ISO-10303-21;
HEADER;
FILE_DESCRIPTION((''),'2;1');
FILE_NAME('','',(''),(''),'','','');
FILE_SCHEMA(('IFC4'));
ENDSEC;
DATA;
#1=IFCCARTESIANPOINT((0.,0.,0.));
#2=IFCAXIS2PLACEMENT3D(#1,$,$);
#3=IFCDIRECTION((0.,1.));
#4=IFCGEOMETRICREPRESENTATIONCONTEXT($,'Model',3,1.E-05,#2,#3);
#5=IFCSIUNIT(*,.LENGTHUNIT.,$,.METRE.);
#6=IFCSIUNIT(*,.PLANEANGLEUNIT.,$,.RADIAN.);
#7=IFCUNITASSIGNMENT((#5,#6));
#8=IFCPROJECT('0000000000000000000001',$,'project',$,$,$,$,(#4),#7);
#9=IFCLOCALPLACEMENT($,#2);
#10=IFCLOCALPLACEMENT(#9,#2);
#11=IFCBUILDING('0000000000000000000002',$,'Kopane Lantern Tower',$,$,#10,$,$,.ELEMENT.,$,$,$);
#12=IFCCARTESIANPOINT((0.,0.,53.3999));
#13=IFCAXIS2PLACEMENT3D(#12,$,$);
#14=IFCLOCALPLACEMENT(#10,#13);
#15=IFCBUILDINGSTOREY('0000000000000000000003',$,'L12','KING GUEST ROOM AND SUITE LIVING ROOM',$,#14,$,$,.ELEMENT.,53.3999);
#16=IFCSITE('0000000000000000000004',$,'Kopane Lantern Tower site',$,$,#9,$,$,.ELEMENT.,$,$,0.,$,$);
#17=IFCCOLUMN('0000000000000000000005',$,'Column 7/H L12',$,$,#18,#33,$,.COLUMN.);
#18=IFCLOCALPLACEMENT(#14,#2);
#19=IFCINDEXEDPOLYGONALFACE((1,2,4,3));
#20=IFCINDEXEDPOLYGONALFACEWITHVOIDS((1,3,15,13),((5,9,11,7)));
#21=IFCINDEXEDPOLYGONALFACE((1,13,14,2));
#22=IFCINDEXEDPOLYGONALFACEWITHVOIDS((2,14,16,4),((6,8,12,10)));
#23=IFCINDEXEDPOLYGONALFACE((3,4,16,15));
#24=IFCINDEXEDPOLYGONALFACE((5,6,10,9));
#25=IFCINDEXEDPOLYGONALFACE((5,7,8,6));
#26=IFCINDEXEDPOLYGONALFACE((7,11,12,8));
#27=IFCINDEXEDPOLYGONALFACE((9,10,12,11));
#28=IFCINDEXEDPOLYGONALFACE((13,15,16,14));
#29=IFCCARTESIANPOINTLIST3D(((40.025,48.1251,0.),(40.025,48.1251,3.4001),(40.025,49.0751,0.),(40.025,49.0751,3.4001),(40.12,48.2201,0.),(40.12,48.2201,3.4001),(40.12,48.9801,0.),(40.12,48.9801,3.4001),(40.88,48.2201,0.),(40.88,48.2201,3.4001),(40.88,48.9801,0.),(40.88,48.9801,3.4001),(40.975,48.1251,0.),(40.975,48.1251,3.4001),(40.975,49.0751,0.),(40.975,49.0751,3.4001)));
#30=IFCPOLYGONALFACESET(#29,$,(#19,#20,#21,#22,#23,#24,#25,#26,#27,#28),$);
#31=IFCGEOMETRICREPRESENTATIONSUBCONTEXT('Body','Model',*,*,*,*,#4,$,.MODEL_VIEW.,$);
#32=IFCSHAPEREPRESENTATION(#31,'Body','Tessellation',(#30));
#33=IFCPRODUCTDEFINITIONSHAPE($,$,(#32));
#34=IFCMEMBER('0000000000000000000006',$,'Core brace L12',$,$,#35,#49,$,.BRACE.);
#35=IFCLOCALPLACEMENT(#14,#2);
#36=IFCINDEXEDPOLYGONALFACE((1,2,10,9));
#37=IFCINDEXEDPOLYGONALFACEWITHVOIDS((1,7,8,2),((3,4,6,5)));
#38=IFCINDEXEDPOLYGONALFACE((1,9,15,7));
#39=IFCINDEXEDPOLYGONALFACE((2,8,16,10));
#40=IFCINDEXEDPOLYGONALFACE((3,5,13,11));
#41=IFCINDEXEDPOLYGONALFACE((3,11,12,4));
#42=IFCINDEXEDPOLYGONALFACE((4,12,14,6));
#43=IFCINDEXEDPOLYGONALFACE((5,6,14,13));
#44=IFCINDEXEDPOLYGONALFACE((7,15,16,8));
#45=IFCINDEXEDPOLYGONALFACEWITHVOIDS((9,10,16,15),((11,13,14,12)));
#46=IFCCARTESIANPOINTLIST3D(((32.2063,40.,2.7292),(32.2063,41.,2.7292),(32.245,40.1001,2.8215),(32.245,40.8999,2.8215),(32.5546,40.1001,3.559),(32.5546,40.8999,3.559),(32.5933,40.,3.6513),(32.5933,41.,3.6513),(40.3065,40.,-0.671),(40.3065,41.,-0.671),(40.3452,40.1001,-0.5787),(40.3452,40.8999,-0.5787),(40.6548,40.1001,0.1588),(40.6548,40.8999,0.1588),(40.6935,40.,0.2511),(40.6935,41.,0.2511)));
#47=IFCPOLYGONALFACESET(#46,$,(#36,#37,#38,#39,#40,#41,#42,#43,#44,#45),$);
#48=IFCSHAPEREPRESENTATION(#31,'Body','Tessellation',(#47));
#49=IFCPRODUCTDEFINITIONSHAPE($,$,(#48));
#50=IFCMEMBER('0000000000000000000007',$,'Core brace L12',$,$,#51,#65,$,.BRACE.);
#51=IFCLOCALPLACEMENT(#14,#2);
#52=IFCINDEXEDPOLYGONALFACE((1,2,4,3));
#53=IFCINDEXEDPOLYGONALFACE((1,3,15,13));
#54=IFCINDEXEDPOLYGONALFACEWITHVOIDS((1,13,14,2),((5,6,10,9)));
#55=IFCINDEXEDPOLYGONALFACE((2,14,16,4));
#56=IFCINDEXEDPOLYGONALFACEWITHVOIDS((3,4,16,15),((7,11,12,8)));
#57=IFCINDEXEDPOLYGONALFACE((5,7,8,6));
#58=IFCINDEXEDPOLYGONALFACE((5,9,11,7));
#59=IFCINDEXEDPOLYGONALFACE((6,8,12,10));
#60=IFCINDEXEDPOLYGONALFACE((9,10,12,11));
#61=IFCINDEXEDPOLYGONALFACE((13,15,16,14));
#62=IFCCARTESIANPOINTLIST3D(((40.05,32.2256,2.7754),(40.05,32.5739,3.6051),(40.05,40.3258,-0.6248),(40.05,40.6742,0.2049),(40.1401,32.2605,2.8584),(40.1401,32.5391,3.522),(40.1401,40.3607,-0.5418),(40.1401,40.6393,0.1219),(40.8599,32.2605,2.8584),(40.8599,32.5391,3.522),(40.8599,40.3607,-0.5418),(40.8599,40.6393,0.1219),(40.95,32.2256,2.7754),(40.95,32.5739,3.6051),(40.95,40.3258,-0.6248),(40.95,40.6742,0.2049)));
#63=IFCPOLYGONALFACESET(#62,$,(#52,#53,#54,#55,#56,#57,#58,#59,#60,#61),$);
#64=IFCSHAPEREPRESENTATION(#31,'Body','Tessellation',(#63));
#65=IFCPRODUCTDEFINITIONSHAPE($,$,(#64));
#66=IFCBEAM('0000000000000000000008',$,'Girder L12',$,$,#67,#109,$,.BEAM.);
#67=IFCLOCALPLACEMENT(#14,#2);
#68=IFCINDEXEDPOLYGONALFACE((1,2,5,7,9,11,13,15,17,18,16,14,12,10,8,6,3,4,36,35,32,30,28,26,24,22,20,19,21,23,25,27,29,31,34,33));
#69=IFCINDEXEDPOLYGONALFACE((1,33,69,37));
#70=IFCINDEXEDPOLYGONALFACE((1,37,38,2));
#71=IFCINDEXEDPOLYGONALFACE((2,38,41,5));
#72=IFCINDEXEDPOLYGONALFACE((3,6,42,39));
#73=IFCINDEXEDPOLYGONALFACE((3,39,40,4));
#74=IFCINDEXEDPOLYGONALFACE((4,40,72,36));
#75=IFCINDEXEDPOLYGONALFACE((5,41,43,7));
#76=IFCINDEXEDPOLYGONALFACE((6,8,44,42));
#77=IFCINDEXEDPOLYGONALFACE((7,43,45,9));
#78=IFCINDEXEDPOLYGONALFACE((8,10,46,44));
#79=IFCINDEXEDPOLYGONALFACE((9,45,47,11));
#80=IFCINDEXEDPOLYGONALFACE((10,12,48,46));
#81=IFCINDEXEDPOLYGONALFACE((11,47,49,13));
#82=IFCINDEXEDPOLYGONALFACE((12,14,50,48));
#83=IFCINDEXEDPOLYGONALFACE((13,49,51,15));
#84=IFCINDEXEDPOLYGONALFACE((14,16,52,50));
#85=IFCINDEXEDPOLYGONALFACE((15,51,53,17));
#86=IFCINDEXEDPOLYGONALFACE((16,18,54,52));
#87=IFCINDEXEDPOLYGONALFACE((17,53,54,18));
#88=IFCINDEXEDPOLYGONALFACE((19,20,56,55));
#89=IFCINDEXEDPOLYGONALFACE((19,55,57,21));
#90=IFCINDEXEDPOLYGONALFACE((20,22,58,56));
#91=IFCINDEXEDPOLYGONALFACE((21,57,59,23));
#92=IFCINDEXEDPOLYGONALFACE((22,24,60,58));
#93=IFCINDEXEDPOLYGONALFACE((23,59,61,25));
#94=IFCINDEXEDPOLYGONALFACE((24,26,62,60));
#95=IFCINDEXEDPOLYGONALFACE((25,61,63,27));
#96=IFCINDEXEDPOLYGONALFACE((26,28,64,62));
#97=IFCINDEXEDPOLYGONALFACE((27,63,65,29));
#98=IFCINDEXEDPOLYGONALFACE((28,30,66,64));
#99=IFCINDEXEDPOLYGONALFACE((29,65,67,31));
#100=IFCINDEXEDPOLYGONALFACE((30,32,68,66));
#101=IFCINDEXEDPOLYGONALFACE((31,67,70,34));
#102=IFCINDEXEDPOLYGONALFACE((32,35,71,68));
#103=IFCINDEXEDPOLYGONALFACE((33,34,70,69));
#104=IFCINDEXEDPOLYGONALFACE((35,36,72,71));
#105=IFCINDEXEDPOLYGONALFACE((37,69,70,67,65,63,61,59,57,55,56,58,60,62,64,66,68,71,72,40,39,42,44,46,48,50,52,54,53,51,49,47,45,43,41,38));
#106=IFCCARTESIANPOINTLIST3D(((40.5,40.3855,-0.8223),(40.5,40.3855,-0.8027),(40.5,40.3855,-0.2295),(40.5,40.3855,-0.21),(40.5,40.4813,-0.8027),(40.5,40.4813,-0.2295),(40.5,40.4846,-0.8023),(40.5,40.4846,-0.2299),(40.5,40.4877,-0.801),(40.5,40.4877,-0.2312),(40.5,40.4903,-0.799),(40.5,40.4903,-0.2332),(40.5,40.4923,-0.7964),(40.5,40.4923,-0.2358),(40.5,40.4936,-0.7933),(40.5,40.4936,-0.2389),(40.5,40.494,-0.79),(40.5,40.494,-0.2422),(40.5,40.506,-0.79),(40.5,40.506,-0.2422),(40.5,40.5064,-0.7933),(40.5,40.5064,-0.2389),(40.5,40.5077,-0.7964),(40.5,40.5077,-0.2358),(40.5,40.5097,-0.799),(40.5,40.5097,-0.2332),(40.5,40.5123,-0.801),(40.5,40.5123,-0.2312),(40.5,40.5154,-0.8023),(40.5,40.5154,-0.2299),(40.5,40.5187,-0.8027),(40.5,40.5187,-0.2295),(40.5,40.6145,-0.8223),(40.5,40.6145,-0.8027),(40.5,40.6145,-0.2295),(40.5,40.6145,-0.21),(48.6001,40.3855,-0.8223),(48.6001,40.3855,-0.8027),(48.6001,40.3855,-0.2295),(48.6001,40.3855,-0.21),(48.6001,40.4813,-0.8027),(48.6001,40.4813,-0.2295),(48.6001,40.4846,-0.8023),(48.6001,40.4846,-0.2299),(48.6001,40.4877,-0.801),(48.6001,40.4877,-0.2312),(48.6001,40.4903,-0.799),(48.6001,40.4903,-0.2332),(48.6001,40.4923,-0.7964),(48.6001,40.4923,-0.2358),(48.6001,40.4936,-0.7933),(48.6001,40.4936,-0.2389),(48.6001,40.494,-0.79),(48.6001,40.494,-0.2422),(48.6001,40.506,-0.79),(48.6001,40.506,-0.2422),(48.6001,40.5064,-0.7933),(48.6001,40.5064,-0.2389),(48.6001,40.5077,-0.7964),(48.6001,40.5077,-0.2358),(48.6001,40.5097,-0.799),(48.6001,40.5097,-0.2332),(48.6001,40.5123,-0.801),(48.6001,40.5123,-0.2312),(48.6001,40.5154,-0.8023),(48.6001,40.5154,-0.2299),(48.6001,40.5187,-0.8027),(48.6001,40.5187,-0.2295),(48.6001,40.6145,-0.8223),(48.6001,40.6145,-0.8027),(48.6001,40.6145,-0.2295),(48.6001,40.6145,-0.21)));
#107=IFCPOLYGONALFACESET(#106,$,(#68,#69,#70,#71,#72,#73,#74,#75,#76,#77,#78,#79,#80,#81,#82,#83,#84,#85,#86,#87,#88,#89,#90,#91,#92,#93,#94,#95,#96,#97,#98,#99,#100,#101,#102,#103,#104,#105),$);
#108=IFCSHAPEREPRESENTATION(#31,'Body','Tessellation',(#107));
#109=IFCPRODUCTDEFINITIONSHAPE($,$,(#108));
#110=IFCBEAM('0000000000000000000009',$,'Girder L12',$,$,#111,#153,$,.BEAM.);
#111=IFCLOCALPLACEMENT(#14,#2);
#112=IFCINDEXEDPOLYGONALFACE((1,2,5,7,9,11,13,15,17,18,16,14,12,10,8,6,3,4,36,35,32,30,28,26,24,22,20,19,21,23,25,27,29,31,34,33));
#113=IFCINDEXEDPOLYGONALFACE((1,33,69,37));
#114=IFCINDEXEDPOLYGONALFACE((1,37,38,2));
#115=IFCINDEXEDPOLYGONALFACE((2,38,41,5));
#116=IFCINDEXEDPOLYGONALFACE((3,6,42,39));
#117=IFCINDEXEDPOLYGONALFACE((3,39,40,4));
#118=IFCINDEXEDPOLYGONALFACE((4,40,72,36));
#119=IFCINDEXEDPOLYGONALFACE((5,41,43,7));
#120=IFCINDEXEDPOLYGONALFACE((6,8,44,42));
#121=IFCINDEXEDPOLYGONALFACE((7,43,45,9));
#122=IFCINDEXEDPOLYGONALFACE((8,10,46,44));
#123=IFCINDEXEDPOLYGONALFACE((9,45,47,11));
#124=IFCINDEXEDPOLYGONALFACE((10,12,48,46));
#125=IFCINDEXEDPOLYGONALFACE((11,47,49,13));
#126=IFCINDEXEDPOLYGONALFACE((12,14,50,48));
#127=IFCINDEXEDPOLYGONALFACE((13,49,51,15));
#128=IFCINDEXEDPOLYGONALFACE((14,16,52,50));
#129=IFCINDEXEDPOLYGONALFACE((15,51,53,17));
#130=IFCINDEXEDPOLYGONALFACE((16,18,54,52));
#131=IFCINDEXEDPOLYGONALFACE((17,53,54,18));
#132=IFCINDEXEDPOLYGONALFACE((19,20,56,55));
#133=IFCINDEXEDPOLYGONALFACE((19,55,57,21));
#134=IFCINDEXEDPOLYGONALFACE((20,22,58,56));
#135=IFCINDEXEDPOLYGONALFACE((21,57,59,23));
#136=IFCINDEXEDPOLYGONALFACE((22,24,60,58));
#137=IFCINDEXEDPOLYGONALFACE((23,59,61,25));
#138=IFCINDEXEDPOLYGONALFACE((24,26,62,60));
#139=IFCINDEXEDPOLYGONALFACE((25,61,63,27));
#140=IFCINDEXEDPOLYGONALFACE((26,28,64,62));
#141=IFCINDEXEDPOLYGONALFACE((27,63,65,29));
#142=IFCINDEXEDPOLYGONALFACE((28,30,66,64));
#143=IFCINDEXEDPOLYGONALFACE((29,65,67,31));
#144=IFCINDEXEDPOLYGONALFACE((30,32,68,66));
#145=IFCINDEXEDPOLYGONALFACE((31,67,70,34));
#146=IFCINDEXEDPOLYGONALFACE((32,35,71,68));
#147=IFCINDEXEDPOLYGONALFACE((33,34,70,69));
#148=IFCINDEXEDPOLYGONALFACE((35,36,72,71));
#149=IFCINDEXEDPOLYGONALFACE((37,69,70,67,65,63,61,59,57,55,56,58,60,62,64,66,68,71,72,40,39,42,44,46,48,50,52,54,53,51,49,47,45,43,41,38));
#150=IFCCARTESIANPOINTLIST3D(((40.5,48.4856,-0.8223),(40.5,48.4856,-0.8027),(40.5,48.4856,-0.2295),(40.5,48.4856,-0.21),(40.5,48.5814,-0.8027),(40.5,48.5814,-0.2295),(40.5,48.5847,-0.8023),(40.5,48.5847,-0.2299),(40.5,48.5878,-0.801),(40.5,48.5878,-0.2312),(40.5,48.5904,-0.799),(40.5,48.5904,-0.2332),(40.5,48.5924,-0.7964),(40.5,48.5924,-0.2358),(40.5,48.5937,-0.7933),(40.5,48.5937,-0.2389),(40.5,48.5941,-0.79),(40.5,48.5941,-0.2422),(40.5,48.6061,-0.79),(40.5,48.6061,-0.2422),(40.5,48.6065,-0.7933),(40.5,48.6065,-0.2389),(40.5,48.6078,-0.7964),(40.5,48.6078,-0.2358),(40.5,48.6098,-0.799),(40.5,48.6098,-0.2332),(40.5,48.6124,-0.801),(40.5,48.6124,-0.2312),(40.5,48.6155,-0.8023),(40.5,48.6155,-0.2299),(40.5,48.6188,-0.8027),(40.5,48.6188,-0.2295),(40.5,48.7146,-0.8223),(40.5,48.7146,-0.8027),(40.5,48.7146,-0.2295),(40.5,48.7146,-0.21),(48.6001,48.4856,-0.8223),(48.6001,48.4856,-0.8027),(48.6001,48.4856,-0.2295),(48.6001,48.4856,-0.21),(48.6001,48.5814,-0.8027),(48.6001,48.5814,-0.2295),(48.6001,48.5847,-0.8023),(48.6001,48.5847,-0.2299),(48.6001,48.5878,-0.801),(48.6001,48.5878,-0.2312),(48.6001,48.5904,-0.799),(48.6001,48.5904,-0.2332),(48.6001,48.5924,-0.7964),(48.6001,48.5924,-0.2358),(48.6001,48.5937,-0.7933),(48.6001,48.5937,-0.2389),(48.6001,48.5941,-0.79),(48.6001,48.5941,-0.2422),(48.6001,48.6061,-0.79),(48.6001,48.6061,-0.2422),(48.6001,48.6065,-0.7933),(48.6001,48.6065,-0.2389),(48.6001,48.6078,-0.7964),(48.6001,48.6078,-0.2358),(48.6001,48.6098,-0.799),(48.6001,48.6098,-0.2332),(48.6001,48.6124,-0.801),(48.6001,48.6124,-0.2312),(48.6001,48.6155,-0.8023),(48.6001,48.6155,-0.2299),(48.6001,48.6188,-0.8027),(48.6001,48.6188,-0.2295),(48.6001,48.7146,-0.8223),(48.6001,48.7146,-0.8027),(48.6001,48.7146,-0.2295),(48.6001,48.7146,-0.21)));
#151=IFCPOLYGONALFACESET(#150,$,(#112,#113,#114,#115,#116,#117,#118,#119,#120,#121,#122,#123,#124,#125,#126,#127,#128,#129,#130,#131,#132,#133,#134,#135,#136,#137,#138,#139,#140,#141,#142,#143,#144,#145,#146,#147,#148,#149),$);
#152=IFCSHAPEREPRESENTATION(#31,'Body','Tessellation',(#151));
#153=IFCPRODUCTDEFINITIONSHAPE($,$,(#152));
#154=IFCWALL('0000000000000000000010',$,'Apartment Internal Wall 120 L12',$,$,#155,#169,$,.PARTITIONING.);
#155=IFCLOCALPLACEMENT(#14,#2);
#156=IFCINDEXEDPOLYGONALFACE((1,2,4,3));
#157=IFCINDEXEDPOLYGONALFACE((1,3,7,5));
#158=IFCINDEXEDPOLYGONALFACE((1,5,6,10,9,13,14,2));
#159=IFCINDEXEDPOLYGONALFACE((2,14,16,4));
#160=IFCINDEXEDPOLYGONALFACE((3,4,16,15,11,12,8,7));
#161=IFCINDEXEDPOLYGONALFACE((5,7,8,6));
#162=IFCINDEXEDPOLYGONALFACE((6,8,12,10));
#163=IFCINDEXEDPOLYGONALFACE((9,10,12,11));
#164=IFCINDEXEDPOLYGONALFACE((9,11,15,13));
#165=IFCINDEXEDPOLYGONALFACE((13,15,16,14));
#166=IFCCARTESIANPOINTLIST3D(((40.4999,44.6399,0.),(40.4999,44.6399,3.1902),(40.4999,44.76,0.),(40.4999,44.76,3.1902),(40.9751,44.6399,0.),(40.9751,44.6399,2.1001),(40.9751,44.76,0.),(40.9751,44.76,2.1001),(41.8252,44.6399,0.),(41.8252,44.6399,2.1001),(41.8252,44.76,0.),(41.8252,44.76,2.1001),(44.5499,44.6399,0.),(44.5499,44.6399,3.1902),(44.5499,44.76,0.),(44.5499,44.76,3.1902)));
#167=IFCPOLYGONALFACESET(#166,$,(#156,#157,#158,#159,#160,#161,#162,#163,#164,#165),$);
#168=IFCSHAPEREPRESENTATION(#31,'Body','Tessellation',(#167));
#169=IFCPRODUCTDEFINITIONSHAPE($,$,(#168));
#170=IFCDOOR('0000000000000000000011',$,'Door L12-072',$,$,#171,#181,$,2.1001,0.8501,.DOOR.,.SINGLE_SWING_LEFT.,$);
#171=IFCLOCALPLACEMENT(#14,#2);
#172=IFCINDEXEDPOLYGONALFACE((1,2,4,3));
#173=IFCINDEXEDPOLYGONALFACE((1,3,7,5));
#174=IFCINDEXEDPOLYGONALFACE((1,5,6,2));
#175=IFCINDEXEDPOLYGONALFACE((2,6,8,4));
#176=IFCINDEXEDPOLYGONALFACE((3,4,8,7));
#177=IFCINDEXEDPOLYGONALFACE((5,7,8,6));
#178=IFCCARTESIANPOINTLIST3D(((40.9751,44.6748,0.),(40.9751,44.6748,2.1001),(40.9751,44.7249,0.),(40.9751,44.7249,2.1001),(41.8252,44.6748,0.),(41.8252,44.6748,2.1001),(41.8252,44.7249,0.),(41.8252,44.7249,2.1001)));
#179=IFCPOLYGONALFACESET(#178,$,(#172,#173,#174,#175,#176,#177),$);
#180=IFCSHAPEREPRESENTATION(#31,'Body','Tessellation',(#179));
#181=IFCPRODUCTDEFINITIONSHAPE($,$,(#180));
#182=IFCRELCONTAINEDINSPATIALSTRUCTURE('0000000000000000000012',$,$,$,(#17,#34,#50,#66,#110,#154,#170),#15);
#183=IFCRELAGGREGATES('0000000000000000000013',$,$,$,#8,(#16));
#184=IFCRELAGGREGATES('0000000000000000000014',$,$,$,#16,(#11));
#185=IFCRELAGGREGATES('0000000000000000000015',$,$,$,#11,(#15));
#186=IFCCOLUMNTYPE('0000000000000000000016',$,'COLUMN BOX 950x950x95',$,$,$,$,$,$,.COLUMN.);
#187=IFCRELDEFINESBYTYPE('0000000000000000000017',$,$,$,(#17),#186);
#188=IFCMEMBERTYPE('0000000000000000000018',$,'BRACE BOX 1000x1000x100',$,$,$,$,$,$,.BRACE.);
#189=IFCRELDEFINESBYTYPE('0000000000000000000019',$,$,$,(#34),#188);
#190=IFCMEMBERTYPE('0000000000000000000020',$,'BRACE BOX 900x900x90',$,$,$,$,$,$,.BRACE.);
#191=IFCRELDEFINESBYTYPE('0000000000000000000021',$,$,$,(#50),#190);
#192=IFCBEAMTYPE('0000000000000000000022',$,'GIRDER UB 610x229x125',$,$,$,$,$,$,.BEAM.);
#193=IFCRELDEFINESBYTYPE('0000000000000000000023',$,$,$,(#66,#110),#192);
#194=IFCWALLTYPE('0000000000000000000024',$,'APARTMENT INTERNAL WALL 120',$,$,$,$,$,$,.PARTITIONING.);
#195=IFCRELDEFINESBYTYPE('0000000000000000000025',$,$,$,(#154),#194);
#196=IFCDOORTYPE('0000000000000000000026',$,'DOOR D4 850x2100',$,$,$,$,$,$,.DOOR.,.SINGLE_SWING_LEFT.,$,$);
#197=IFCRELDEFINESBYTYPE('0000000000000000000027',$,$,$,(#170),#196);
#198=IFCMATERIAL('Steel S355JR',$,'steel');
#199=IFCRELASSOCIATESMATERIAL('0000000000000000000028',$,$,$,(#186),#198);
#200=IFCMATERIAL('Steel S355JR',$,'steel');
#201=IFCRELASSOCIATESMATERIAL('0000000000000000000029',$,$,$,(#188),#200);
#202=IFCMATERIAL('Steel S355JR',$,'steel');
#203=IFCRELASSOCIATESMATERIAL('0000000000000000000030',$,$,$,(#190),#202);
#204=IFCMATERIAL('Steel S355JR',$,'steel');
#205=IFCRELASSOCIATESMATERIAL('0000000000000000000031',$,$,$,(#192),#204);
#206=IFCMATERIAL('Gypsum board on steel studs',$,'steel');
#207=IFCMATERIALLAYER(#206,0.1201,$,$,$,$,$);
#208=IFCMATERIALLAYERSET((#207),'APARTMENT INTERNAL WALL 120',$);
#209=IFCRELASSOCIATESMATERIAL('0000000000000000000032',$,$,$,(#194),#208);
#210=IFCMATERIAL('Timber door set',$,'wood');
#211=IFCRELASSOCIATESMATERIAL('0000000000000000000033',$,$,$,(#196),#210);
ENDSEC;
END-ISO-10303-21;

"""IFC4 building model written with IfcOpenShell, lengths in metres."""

from ifc_helpers import new_model, si_unit, direction, frame, frame_2d, origin, origin_2d, place, context, subcontext, project, spatial, rectangle, hollow_rectangle, i_section, extrude, material, layer, layer_set, material_profile, profile_set, type_object, element, fill, save


model = new_model("IFC4")

# Units and contexts
model_context = context("Model", 3, precision=1e-05, world=origin(), true_north=direction((0.0, 1.0)))
body_context = subcontext(model_context, "Body", "Model", "MODEL_VIEW")
ifc_project = project(units=[si_unit("LENGTHUNIT", "METRE"), si_unit("PLANEANGLEUNIT", "RADIAN")], contexts=[model_context])

# Site, building, storey
site_placement = place(None, origin())
site = spatial("IfcSite", under=ifc_project, at=site_placement, Name="Kopane Lantern Tower site", CompositionType="ELEMENT", RefElevation=0.0)
building_placement = place(site_placement, origin())
building = spatial("IfcBuilding", under=site, at=building_placement, Name="Kopane Lantern Tower", CompositionType="ELEMENT")
storey_placement = place(building_placement, frame((0.0, 0.0, 53.3999)))
storey = spatial("IfcBuildingStorey", under=building, at=storey_placement, Name="L12", Description="KING GUEST ROOM AND SUITE LIVING ROOM", CompositionType="ELEMENT", Elevation=53.3999)

# Column
ifc_material_1 = material(Name="Steel S355JR", Category="steel")
ifc_material_profile_1 = material_profile(ifc_material_1, hollow_rectangle(XDim=0.95, YDim=0.95, WallThickness=0.095, at=origin_2d()), Name="BOX 950x950x95")
ifc_profile_set_1 = profile_set([ifc_material_profile_1], Name="Steel S355JR")
column_type = type_object("IfcColumnType", Name="COLUMN BOX 950x950x95", PredefinedType="COLUMN", material=ifc_profile_set_1)
column_placement = place(storey_placement, frame((40.5, 48.6001, 0.0), z_axis=(0.0, 0.0, 1.0), x_axis=(1.0, 0.0, 0.0)))
element("IfcColumn", 1, at=column_placement, inside=storey, type_object=column_type, Name="Column 7/H L12", PredefinedType="COLUMN", context=body_context, shape_type="SweptSolid", body=[
    extrude(hollow_rectangle(XDim=0.95, YDim=0.95, WallThickness=0.095, at=origin_2d()), origin(), (0.0, 0.0, 1.0), 3.4001),
])

# Members
ifc_material_2 = material(Name="Steel S355JR", Category="steel")
ifc_material_profile_2 = material_profile(ifc_material_2, hollow_rectangle(XDim=1.0, YDim=1.0, WallThickness=0.1001, at=origin_2d()), Name="BOX 1000x1000x100")
ifc_profile_set_2 = profile_set([ifc_material_profile_2], Name="Steel S355JR")
member_type_1 = type_object("IfcMemberType", Name="BRACE BOX 1000x1000x100", PredefinedType="BRACE", material=ifc_profile_set_2)
member_1_placement = place(storey_placement, frame((40.5, 40.5, -0.21), z_axis=(-0.922059, 0.0, 0.387049), x_axis=(0.0, -1.0, 0.0)))
element("IfcMember", 2, at=member_1_placement, inside=storey, type_object=member_type_1, Name="Core brace L12", PredefinedType="BRACE", context=body_context, shape_type="SweptSolid", body=[
    extrude(hollow_rectangle(XDim=1.0, YDim=1.0, WallThickness=0.1001, at=origin_2d()), origin(), (0.0, 0.0, 1.0), 8.7849),
])
ifc_material_3 = material(Name="Steel S355JR", Category="steel")
ifc_material_profile_3 = material_profile(ifc_material_3, hollow_rectangle(XDim=0.8999, YDim=0.8999, WallThickness=0.0901, at=origin_2d()), Name="BOX 900x900x90")
ifc_profile_set_3 = profile_set([ifc_material_profile_3], Name="Steel S355JR")
member_type_2 = type_object("IfcMemberType", Name="BRACE BOX 900x900x90", PredefinedType="BRACE", material=ifc_profile_set_3)
member_2_placement = place(storey_placement, frame((40.5, 40.5, -0.21), z_axis=(0.0, -0.922059, 0.387049), x_axis=(1.0, 0.0, 0.0)))
element("IfcMember", 3, at=member_2_placement, inside=storey, type_object=member_type_2, Name="Core brace L12", PredefinedType="BRACE", context=body_context, shape_type="SweptSolid", body=[
    extrude(hollow_rectangle(XDim=0.8999, YDim=0.8999, WallThickness=0.0901, at=origin_2d()), origin(), (0.0, 0.0, 1.0), 8.7849),
])

# Beams
ifc_material_4 = material(Name="Steel S355JR", Category="steel")
ifc_material_profile_4 = material_profile(ifc_material_4, i_section(OverallWidth=0.229, OverallDepth=0.6123, WebThickness=0.012, FlangeThickness=0.0195, FilletRadius=0.0127, at=origin_2d()), Name="UB 610x229x125")
ifc_profile_set_4 = profile_set([ifc_material_profile_4], Name="Steel S355JR")
beam_type = type_object("IfcBeamType", Name="GIRDER UB 610x229x125", PredefinedType="BEAM", material=ifc_profile_set_4)
for number, where, z_axis, x_axis, name in (
    (4, (40.5, 40.5, -0.5161), (1.0, 0.0, 0.0), (0.0, 1.0, 0.0), "Girder L12"),
    (5, (40.5, 48.6001, -0.5161), (1.0, 0.0, 0.0), (0.0, 1.0, 0.0), "Girder L12"),
):
    element("IfcBeam", number, at=place(storey_placement, frame(where, z_axis=z_axis, x_axis=x_axis)), inside=storey, type_object=beam_type, Name=name, PredefinedType="BEAM", context=body_context, shape_type="SweptSolid", body=[
        extrude(i_section(OverallWidth=0.229, OverallDepth=0.6123, WebThickness=0.012, FlangeThickness=0.0195, FilletRadius=0.0127, at=origin_2d()), origin(), (0.0, 0.0, 1.0), 8.1001),
    ])

# Wall, opening, door
ifc_material_5 = material(Name="Gypsum board on steel studs", Category="steel")
ifc_layer_1 = layer(ifc_material_5, 0.1201)
ifc_layer_set_1 = layer_set([ifc_layer_1], Name="APARTMENT INTERNAL WALL 120")
wall_type_1 = type_object("IfcWallType", Name="APARTMENT INTERNAL WALL 120", PredefinedType="PARTITIONING", material=ifc_layer_set_1)
wall_1_placement = place(storey_placement, frame((40.5, 44.7, 0.0), z_axis=(0.0, 0.0, 1.0), x_axis=(1.0, 0.0, 0.0)))
wall_1 = element("IfcWall", 6, at=wall_1_placement, inside=storey, type_object=wall_type_1, Name="Apartment Internal Wall 120 L12", PredefinedType="PARTITIONING", context=body_context, shape_type="SweptSolid", body=[
    extrude(rectangle(XDim=4.05, YDim=0.1201, at=frame_2d((2.0249, 0.0))), origin(), (0.0, 0.0, 1.0), 3.1902),
])
opening_1_placement = place(wall_1_placement, frame((0.4751, 0.0, 0.0)))
opening_1 = element("IfcOpeningElement", 7, at=opening_1_placement, cuts=wall_1, PredefinedType="OPENING", context=body_context, shape_type="SweptSolid", body=[
    extrude(rectangle(XDim=0.8501, YDim=2.1001, at=frame_2d((0.425, 1.05))), frame((0.0, 0.0701, 0.0), z_axis=(0.0, -1.0, 0.0), x_axis=(1.0, 0.0, 0.0)), (0.0, 0.0, 1.0), 0.1401),
])
ifc_material_6 = material(Name="Timber door set", Category="wood")
door_type_1 = type_object("IfcDoorType", Name="DOOR D4 850x2100", OperationType="SINGLE_SWING_LEFT", PredefinedType="DOOR", material=ifc_material_6)
door_1_placement = place(opening_1_placement, origin())
door_1 = element("IfcDoor", 8, at=door_1_placement, inside=storey, type_object=door_type_1, Name="Door L12-072", OperationType="SINGLE_SWING_LEFT", OverallHeight=2.1001, OverallWidth=0.8501, PredefinedType="DOOR", context=body_context, shape_type="SweptSolid", body=[
    extrude(rectangle(XDim=0.8501, YDim=2.1001, at=frame_2d((0.425, 1.05))), frame((0.0, 0.0249, 0.0), z_axis=(0.0, -1.0, 0.0), x_axis=(1.0, 0.0, 0.0)), (0.0, 0.0, 1.0), 0.05),
])
fill(opening_1, door_1)

save(model, "model.ifc")
